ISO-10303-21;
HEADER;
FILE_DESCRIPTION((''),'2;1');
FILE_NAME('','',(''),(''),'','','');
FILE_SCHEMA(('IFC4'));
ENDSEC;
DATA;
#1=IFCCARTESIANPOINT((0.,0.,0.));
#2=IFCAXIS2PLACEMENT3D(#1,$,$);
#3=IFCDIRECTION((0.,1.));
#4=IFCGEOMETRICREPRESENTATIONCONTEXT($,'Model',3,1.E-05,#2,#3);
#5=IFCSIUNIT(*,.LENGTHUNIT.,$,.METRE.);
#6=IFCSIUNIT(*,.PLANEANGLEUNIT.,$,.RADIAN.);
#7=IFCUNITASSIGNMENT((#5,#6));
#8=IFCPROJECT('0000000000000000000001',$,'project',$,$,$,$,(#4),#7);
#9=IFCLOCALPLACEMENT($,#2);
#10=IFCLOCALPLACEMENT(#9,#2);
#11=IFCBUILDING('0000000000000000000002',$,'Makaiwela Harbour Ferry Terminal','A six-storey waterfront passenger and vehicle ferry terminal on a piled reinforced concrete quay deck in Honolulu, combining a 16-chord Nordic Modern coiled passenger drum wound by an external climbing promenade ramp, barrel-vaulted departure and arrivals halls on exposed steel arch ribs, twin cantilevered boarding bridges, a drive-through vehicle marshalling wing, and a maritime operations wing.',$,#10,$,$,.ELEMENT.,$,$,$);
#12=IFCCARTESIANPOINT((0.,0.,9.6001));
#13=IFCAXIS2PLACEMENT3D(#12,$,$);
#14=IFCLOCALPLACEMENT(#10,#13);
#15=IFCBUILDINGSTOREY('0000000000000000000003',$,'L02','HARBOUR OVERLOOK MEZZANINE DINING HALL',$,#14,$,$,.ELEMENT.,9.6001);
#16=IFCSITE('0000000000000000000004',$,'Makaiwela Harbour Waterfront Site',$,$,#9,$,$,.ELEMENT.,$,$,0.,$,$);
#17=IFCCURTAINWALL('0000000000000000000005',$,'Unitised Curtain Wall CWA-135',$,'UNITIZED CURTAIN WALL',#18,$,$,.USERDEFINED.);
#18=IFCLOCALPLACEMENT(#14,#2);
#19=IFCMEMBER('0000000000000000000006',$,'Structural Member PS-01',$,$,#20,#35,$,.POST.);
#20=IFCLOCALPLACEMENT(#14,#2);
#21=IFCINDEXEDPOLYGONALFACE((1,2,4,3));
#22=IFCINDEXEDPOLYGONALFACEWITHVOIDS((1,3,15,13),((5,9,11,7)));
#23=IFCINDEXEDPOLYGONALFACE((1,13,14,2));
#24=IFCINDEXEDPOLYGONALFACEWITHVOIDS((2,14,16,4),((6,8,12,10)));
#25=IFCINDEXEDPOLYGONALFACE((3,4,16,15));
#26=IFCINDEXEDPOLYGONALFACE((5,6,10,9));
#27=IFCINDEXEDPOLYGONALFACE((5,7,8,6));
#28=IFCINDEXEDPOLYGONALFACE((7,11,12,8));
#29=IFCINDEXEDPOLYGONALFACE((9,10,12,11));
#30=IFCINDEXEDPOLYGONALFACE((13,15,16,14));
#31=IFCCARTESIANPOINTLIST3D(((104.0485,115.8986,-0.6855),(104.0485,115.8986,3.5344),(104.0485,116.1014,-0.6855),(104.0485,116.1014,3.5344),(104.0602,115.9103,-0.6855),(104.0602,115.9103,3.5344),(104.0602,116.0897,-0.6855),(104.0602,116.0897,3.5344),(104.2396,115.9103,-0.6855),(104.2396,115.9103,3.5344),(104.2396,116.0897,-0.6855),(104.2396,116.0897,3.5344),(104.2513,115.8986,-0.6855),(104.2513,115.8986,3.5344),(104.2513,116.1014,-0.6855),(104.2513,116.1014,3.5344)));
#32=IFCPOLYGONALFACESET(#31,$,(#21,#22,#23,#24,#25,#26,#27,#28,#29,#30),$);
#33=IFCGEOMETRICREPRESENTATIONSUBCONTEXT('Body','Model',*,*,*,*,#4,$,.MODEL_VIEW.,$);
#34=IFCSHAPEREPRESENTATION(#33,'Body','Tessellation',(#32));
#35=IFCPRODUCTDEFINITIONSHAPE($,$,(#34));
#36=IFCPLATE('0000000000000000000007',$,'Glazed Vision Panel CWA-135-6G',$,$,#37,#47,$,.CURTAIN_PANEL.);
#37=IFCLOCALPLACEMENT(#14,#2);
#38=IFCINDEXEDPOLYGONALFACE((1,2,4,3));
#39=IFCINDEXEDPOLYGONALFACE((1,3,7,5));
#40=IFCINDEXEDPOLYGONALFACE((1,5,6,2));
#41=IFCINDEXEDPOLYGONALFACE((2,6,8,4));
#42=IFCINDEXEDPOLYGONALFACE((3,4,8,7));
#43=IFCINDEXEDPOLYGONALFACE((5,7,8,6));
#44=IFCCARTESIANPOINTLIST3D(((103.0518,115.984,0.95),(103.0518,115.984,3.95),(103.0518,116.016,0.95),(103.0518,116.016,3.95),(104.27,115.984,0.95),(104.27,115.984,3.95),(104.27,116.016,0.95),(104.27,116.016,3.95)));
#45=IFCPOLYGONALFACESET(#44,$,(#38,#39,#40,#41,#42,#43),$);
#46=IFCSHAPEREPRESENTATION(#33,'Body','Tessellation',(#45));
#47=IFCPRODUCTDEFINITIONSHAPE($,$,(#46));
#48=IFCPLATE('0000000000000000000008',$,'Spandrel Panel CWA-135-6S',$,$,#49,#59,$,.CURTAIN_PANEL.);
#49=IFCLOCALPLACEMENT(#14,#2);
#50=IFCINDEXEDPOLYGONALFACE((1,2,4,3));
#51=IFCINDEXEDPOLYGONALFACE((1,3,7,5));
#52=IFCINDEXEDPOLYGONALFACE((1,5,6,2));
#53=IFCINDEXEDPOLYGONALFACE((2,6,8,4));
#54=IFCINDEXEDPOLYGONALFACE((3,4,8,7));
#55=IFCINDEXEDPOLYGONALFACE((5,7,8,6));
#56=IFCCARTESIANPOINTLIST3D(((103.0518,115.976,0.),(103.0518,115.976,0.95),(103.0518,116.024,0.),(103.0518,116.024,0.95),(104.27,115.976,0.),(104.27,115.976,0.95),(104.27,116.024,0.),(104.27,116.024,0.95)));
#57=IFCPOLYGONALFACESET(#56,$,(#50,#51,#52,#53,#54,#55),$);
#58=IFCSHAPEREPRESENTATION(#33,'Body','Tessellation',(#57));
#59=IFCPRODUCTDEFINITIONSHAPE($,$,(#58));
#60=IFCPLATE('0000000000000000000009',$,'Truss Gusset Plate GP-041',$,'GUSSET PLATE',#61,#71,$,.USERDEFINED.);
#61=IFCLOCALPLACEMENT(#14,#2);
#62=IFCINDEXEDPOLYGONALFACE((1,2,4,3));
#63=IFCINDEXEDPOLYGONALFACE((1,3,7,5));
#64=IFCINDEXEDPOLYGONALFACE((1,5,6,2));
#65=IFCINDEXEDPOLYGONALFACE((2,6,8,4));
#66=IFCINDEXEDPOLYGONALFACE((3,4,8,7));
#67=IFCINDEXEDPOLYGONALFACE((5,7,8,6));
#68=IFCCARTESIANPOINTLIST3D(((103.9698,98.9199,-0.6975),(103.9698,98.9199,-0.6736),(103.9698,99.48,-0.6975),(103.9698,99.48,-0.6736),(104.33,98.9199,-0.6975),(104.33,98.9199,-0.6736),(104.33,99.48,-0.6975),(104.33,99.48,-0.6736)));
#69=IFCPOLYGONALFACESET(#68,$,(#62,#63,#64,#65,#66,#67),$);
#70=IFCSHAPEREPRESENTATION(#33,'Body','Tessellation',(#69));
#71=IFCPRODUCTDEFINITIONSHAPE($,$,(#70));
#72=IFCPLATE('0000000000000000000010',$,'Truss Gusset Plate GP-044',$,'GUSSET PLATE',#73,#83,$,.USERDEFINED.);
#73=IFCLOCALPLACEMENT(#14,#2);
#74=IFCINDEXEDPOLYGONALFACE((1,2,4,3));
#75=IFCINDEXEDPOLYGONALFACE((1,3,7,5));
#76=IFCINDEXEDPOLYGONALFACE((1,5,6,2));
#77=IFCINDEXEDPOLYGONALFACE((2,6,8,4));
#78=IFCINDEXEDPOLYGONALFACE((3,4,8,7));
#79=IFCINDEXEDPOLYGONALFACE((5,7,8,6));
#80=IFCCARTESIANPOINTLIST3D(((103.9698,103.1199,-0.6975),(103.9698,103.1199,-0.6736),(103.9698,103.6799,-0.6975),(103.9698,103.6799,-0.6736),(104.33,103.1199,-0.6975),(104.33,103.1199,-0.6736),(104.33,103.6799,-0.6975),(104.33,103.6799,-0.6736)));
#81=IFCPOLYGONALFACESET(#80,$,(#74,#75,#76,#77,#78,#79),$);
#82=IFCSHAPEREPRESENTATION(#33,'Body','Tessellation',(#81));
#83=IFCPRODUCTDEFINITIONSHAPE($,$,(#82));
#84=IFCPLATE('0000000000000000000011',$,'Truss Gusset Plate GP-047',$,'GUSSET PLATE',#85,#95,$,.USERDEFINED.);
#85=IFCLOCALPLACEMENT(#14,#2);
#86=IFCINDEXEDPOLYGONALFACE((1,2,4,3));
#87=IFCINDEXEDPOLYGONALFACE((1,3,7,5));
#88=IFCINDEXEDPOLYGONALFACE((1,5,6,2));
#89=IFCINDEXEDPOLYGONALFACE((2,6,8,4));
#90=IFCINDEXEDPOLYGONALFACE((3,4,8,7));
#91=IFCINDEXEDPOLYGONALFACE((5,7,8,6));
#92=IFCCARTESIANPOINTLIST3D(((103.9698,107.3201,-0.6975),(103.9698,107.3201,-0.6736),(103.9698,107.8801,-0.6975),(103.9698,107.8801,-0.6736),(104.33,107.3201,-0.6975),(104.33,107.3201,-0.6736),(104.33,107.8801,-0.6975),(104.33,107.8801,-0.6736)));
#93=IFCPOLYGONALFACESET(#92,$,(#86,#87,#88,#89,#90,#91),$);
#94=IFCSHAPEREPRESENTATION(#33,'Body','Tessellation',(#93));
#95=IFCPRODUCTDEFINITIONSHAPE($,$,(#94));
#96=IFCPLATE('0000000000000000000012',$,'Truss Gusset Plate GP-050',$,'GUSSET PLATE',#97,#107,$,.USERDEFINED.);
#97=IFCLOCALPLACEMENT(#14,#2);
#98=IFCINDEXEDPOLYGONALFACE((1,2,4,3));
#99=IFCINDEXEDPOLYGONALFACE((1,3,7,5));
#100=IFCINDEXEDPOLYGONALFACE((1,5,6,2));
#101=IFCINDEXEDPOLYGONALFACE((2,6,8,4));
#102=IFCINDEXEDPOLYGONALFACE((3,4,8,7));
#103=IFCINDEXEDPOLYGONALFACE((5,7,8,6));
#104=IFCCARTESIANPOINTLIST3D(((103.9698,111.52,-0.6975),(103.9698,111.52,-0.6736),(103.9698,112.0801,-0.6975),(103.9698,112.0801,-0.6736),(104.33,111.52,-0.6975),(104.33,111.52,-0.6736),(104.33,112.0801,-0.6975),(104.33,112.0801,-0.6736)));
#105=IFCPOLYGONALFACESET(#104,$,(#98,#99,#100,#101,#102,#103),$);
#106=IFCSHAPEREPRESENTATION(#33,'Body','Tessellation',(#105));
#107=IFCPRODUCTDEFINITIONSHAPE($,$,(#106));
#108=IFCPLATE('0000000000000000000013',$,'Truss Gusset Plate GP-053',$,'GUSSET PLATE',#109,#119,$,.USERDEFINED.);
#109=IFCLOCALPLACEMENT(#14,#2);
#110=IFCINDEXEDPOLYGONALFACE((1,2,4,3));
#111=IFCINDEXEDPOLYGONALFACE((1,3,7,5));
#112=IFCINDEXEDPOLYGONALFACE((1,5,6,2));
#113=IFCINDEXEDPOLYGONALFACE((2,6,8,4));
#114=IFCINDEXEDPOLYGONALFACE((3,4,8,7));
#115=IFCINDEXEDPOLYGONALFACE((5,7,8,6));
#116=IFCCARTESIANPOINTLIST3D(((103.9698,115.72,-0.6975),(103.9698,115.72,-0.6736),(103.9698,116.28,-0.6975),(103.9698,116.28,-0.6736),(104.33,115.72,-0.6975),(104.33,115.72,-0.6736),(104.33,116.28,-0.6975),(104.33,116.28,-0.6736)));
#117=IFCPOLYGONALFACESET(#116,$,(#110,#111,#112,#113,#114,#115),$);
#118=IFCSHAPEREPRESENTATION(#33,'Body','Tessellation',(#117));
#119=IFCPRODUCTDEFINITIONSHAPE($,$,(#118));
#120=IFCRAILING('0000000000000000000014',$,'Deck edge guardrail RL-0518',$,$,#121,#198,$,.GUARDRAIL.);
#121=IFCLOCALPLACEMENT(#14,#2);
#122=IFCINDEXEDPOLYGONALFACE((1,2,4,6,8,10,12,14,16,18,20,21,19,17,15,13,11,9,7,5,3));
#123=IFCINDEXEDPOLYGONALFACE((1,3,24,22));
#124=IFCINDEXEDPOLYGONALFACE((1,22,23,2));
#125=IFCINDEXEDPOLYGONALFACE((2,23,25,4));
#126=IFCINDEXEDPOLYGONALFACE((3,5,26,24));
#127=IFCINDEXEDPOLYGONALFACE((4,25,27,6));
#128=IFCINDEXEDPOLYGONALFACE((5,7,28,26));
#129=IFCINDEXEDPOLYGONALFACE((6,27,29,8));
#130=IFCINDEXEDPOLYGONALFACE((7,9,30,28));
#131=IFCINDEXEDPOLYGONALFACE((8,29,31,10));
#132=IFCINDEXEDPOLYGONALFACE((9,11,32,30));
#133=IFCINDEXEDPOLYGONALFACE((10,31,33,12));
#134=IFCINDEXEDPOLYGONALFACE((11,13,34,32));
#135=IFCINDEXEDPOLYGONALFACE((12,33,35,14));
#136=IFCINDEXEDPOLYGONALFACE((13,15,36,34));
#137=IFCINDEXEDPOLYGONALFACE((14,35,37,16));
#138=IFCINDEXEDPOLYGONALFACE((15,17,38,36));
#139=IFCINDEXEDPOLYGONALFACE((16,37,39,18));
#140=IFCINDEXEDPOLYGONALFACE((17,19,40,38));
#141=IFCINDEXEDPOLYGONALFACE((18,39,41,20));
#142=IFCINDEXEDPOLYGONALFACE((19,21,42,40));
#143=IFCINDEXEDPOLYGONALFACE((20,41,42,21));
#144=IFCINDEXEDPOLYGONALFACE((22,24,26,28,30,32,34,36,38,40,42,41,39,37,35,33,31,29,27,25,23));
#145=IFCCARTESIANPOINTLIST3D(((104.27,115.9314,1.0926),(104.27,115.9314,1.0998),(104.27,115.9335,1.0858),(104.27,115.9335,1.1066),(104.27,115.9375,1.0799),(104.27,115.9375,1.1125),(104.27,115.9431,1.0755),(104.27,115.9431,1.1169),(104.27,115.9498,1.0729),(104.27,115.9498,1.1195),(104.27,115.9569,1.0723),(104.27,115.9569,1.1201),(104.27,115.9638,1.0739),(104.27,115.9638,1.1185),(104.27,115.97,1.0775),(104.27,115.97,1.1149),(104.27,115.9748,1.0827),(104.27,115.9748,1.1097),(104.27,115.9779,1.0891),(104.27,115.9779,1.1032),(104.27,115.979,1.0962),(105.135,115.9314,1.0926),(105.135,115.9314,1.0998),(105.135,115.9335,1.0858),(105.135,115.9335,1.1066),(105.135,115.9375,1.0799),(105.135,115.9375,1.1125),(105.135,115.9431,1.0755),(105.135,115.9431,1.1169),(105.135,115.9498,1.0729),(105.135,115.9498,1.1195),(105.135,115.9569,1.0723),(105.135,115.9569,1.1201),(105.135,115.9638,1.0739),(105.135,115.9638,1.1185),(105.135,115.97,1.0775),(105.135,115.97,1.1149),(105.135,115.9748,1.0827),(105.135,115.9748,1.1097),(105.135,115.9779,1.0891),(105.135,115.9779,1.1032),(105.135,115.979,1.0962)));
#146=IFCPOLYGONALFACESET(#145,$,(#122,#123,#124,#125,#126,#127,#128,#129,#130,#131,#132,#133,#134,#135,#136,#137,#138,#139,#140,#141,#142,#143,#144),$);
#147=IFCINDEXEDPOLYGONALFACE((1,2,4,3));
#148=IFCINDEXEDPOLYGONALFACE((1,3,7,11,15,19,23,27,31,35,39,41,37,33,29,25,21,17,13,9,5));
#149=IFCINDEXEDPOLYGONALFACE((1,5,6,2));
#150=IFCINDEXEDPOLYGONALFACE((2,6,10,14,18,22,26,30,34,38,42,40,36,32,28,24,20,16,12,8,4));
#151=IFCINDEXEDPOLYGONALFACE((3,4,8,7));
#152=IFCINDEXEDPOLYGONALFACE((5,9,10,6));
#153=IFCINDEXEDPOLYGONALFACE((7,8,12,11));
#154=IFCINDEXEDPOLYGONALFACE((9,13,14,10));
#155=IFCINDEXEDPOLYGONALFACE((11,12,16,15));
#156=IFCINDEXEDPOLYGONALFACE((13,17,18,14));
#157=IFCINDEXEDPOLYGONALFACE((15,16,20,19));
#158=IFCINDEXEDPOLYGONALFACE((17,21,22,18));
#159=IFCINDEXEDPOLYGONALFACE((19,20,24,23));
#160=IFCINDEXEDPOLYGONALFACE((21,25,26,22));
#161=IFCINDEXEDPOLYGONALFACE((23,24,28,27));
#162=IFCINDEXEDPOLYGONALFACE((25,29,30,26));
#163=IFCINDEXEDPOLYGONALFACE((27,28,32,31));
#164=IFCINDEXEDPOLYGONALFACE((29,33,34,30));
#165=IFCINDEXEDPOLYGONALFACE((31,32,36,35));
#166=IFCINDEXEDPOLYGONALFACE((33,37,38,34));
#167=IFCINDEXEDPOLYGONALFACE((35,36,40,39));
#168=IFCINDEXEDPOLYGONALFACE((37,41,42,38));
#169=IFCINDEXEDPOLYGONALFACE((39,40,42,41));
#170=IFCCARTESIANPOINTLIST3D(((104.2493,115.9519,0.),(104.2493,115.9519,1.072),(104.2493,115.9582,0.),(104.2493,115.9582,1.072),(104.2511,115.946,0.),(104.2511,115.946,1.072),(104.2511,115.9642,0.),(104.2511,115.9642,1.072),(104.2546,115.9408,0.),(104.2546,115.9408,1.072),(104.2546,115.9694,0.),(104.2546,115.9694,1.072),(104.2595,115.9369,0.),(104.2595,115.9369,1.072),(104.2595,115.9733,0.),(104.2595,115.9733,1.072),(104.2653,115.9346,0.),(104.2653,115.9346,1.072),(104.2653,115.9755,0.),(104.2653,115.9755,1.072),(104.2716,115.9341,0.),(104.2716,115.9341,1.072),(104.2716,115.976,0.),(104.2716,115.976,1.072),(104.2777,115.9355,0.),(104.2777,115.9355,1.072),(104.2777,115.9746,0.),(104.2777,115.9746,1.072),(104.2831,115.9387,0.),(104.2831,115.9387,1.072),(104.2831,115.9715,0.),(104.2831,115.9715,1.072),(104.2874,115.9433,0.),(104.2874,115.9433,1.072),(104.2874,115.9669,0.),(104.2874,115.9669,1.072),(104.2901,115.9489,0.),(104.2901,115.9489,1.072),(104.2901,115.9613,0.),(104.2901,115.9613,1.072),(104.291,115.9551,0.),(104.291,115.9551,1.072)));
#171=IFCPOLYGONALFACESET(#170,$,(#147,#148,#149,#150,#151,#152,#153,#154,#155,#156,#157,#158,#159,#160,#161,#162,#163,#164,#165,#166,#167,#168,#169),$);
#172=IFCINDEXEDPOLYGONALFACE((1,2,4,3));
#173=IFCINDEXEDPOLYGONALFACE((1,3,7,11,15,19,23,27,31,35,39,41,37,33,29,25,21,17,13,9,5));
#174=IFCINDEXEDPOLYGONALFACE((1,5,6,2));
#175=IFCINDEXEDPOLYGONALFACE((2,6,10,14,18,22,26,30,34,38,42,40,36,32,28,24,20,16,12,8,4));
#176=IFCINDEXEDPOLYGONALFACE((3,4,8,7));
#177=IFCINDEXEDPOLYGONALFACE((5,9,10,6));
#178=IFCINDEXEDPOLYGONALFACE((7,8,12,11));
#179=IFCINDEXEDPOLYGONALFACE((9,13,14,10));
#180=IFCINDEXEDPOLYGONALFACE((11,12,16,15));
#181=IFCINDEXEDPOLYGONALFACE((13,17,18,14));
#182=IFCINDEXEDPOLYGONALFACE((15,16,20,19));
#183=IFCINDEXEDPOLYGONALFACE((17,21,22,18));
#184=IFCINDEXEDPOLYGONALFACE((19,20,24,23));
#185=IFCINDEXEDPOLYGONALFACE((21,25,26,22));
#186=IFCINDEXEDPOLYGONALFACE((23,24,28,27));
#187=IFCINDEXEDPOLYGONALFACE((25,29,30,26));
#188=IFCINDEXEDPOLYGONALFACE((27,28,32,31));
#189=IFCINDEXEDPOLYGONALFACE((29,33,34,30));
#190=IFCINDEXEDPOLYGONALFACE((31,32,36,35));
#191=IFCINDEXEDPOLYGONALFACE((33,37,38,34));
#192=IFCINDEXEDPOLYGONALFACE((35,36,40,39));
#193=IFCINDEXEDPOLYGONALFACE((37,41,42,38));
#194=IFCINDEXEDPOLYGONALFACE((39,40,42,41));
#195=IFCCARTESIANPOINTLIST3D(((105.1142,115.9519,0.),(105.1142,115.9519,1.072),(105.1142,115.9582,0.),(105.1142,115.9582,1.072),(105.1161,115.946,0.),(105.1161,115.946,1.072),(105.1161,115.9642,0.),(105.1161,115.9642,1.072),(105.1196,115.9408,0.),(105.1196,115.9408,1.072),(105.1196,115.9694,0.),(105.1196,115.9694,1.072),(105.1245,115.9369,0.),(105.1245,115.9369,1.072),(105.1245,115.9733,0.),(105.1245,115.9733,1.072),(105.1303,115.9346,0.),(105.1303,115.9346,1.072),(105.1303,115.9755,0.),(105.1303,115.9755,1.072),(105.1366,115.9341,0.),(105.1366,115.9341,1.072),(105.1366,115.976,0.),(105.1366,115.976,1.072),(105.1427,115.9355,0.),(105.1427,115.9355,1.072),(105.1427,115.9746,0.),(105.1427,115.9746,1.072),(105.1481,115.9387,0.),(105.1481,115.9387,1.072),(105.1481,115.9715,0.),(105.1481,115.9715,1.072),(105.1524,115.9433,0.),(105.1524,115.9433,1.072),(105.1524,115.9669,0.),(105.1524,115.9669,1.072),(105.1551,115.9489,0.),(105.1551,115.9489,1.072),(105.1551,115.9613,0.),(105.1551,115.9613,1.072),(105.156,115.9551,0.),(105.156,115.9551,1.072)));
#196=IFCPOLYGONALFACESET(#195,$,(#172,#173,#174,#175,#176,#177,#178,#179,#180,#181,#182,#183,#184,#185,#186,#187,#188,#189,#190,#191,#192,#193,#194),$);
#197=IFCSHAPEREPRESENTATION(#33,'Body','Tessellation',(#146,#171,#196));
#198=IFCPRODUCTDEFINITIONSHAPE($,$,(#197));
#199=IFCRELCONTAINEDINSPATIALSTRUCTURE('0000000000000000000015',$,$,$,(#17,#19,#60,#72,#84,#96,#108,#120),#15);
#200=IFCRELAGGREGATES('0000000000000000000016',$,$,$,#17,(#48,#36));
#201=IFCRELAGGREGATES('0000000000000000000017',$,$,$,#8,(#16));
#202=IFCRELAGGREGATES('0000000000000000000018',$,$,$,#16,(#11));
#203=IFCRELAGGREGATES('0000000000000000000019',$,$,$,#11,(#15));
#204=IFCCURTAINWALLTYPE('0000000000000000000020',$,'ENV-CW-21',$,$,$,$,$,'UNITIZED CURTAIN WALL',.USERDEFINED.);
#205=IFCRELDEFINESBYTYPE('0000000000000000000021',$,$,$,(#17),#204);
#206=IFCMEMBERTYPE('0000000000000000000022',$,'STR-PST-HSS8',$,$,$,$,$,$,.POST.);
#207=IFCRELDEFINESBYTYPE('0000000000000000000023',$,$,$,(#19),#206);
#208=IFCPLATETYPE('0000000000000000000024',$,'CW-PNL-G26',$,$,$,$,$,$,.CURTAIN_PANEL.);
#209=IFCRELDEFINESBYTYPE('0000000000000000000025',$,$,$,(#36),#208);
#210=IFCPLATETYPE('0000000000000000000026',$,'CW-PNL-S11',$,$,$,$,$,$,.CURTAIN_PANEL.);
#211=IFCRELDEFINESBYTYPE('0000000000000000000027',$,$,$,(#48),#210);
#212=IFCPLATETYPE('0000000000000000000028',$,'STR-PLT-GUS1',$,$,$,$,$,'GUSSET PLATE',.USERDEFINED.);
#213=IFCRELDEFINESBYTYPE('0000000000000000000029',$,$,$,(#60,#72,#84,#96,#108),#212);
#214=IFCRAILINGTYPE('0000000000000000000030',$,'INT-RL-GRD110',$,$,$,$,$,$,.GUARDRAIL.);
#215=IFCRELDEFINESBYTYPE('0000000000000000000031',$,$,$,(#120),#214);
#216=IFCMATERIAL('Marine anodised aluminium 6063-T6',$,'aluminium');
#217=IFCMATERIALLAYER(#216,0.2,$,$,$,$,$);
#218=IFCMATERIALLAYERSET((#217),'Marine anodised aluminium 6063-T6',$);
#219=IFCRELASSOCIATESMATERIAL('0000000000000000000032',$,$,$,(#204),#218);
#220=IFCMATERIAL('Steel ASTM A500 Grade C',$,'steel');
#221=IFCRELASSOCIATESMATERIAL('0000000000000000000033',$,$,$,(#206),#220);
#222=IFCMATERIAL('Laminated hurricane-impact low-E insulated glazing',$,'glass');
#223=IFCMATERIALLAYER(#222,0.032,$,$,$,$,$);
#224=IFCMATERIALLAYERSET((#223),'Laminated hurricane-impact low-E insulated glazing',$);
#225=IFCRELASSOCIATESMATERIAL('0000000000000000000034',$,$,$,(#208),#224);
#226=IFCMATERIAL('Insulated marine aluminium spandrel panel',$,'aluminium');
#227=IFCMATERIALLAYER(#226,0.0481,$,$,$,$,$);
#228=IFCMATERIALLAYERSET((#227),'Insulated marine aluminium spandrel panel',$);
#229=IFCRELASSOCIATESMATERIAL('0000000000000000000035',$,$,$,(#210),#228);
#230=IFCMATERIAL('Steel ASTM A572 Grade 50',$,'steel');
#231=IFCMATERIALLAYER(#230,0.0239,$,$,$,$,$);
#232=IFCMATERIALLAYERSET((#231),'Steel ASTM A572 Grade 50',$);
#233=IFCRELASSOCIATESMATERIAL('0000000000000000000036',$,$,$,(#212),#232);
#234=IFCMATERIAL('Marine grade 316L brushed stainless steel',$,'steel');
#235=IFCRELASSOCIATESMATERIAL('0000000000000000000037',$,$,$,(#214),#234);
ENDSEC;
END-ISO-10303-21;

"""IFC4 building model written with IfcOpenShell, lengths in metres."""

from ifc_helpers import new_model, si_unit, direction, frame, origin, origin_2d, place, context, subcontext, project, spatial, rectangle, hollow_rectangle, circle, extrude, material, layer, layer_set, material_profile, profile_set, type_object, element, aggregate, save


model = new_model("IFC4")

# Units and contexts
model_context = context("Model", 3, precision=1e-05, world=origin(), true_north=direction((0.0, 1.0)))
body_context = subcontext(model_context, "Body", "Model", "MODEL_VIEW")
ifc_project = project(units=[si_unit("LENGTHUNIT", "METRE"), si_unit("PLANEANGLEUNIT", "RADIAN")], contexts=[model_context])

# Site, building, storey
site_placement = place(None, origin())
site = spatial("IfcSite", under=ifc_project, at=site_placement, Name="Makaiwela Harbour Waterfront Site", CompositionType="ELEMENT", RefElevation=0.0)
building_placement = place(site_placement, origin())
building = spatial("IfcBuilding", under=site, at=building_placement, Name="Makaiwela Harbour Ferry Terminal", Description="A six-storey waterfront passenger and vehicle ferry terminal on a piled reinforced concrete quay deck in Honolulu, combining a 16-chord Nordic Modern coiled passenger drum wound by an external climbing promenade ramp, barrel-vaulted departure and arrivals halls on exposed steel arch ribs, twin cantilevered boarding bridges, a drive-through vehicle marshalling wing, and a maritime operations wing.", CompositionType="ELEMENT")
storey_placement = place(building_placement, frame((0.0, 0.0, 9.6001)))
storey = spatial("IfcBuildingStorey", under=building, at=storey_placement, Name="L02", Description="HARBOUR OVERLOOK MEZZANINE DINING HALL", CompositionType="ELEMENT", Elevation=9.6001)

# Curtain wall
ifc_material_1 = material(Name="Marine anodised aluminium 6063-T6", Category="aluminium")
ifc_layer_1 = layer(ifc_material_1, 0.2)
ifc_layer_set_1 = layer_set([ifc_layer_1], Name="Marine anodised aluminium 6063-T6")
curtain_wall_type = type_object("IfcCurtainWallType", Name="ENV-CW-21", ElementType="UNITIZED CURTAIN WALL", PredefinedType="USERDEFINED", material=ifc_layer_set_1)
curtain_wall_placement = place(storey_placement, origin())
curtain_wall = element("IfcCurtainWall", 1, at=curtain_wall_placement, inside=storey, type_object=curtain_wall_type, Name="Unitised Curtain Wall CWA-135", ObjectType="UNITIZED CURTAIN WALL", PredefinedType="USERDEFINED")

# Member
ifc_material_2 = material(Name="Steel ASTM A500 Grade C", Category="steel")
ifc_material_profile_1 = material_profile(ifc_material_2, hollow_rectangle(XDim=0.2029, YDim=0.2029, WallThickness=0.0117, at=origin_2d()), Name="HSS8X8X1/2")
ifc_profile_set_1 = profile_set([ifc_material_profile_1], Name="Steel ASTM A500 Grade C")
member_type_1 = type_object("IfcMemberType", Name="STR-PST-HSS8", PredefinedType="POST", material=ifc_profile_set_1)
for number, where, z_axis, x_axis, name in (
    (2, (104.1499, 116.0, -0.6855), (0.0, 0.0, 1.0), (1.0, 0.0, 0.0), "Structural Member PS-01"),
):
    element("IfcMember", number, at=place(storey_placement, frame(where, z_axis=z_axis, x_axis=x_axis)), inside=storey, type_object=member_type_1, Name=name, PredefinedType="POST", context=body_context, shape_type="SweptSolid", body=[
        extrude(hollow_rectangle(XDim=0.2029, YDim=0.2029, WallThickness=0.0117, at=origin_2d()), origin(), (0.0, 0.0, 1.0), 4.22),
    ])

# Plates
ifc_material_3 = material(Name="Laminated hurricane-impact low-E insulated glazing", Category="glass")
ifc_layer_2 = layer(ifc_material_3, 0.032)
ifc_layer_set_2 = layer_set([ifc_layer_2], Name="Laminated hurricane-impact low-E insulated glazing")
plate_type_1 = type_object("IfcPlateType", Name="CW-PNL-G26", PredefinedType="CURTAIN_PANEL", material=ifc_layer_set_2)
plate_1_placement = place(storey_placement, frame((103.6609, 116.0, 0.95), z_axis=(0.0, 0.0, 1.0), x_axis=(1.0, 0.0, 0.0)))
plate_1 = element("IfcPlate", 3, at=plate_1_placement, type_object=plate_type_1, Name="Glazed Vision Panel CWA-135-6G", PredefinedType="CURTAIN_PANEL", context=body_context, shape_type="SweptSolid", body=[
    extrude(rectangle(XDim=1.2183, YDim=0.032, at=origin_2d()), origin(), (0.0, 0.0, 1.0), 3.0),
])
ifc_material_4 = material(Name="Insulated marine aluminium spandrel panel", Category="aluminium")
ifc_layer_3 = layer(ifc_material_4, 0.0481)
ifc_layer_set_3 = layer_set([ifc_layer_3], Name="Insulated marine aluminium spandrel panel")
plate_type_2 = type_object("IfcPlateType", Name="CW-PNL-S11", PredefinedType="CURTAIN_PANEL", material=ifc_layer_set_3)
plate_2_placement = place(storey_placement, frame((103.6609, 116.0, 0.0), z_axis=(0.0, 0.0, 1.0), x_axis=(1.0, 0.0, 0.0)))
plate_2 = element("IfcPlate", 4, at=plate_2_placement, type_object=plate_type_2, Name="Spandrel Panel CWA-135-6S", PredefinedType="CURTAIN_PANEL", context=body_context, shape_type="SweptSolid", body=[
    extrude(rectangle(XDim=1.2183, YDim=0.0481, at=origin_2d()), origin(), (0.0, 0.0, 1.0), 0.95),
])
aggregate(curtain_wall, [plate_2, plate_1])

# Plates
ifc_material_5 = material(Name="Steel ASTM A572 Grade 50", Category="steel")
ifc_layer_4 = layer(ifc_material_5, 0.0239)
ifc_layer_set_4 = layer_set([ifc_layer_4], Name="Steel ASTM A572 Grade 50")
plate_type_3 = type_object("IfcPlateType", Name="STR-PLT-GUS1", ElementType="GUSSET PLATE", PredefinedType="USERDEFINED", material=ifc_layer_set_4)
for number, where, z_axis, x_axis, name in (
    (5, (104.1499, 99.2, -0.6975), (0.0, 0.0, 1.0), (0.0, 1.0, 0.0), "Truss Gusset Plate GP-041"),
    (6, (104.1499, 103.3999, -0.6975), (0.0, 0.0, 1.0), (0.0, 1.0, 0.0), "Truss Gusset Plate GP-044"),
    (7, (104.1499, 107.6001, -0.6975), (0.0, 0.0, 1.0), (0.0, 1.0, 0.0), "Truss Gusset Plate GP-047"),
    (8, (104.1499, 111.8, -0.6975), (0.0, 0.0, 1.0), (0.0, 1.0, 0.0), "Truss Gusset Plate GP-050"),
    (9, (104.1499, 116.0, -0.6975), (0.0, 0.0, 1.0), (0.0, 1.0, 0.0), "Truss Gusset Plate GP-053"),
):
    element("IfcPlate", number, at=place(storey_placement, frame(where, z_axis=z_axis, x_axis=x_axis)), inside=storey, type_object=plate_type_3, Name=name, ObjectType="GUSSET PLATE", PredefinedType="USERDEFINED", context=body_context, shape_type="SweptSolid", body=[
        extrude(rectangle(XDim=0.5601, YDim=0.3601, at=origin_2d()), origin(), (0.0, 0.0, 1.0), 0.0239),
    ])

# Railing
ifc_material_6 = material(Name="Marine grade 316L brushed stainless steel", Category="steel")
railing_type = type_object("IfcRailingType", Name="INT-RL-GRD110", PredefinedType="GUARDRAIL", material=ifc_material_6)
railing_placement = place(storey_placement, frame((104.27, 115.9551, 0.0)))
element("IfcRailing", 10, at=railing_placement, inside=storey, type_object=railing_type, Name="Deck edge guardrail RL-0518", PredefinedType="GUARDRAIL", context=body_context, shape_type="SweptSolid", body=[
    extrude(circle(Radius=0.0239, at=origin_2d()), frame((0.0, 0.0, 1.0962), z_axis=(1.0, 0.0, 0.0), x_axis=(0.0, 1.0, 0.0)), (0.0, 0.0, 1.0), 0.865),
    extrude(circle(Radius=0.021, at=origin_2d()), origin(), (0.0, 0.0, 1.0), 1.072),
    extrude(circle(Radius=0.021, at=origin_2d()), frame((0.865, 0.0, 0.0)), (0.0, 0.0, 1.0), 1.072),
])

save(model, "model.ifc")
